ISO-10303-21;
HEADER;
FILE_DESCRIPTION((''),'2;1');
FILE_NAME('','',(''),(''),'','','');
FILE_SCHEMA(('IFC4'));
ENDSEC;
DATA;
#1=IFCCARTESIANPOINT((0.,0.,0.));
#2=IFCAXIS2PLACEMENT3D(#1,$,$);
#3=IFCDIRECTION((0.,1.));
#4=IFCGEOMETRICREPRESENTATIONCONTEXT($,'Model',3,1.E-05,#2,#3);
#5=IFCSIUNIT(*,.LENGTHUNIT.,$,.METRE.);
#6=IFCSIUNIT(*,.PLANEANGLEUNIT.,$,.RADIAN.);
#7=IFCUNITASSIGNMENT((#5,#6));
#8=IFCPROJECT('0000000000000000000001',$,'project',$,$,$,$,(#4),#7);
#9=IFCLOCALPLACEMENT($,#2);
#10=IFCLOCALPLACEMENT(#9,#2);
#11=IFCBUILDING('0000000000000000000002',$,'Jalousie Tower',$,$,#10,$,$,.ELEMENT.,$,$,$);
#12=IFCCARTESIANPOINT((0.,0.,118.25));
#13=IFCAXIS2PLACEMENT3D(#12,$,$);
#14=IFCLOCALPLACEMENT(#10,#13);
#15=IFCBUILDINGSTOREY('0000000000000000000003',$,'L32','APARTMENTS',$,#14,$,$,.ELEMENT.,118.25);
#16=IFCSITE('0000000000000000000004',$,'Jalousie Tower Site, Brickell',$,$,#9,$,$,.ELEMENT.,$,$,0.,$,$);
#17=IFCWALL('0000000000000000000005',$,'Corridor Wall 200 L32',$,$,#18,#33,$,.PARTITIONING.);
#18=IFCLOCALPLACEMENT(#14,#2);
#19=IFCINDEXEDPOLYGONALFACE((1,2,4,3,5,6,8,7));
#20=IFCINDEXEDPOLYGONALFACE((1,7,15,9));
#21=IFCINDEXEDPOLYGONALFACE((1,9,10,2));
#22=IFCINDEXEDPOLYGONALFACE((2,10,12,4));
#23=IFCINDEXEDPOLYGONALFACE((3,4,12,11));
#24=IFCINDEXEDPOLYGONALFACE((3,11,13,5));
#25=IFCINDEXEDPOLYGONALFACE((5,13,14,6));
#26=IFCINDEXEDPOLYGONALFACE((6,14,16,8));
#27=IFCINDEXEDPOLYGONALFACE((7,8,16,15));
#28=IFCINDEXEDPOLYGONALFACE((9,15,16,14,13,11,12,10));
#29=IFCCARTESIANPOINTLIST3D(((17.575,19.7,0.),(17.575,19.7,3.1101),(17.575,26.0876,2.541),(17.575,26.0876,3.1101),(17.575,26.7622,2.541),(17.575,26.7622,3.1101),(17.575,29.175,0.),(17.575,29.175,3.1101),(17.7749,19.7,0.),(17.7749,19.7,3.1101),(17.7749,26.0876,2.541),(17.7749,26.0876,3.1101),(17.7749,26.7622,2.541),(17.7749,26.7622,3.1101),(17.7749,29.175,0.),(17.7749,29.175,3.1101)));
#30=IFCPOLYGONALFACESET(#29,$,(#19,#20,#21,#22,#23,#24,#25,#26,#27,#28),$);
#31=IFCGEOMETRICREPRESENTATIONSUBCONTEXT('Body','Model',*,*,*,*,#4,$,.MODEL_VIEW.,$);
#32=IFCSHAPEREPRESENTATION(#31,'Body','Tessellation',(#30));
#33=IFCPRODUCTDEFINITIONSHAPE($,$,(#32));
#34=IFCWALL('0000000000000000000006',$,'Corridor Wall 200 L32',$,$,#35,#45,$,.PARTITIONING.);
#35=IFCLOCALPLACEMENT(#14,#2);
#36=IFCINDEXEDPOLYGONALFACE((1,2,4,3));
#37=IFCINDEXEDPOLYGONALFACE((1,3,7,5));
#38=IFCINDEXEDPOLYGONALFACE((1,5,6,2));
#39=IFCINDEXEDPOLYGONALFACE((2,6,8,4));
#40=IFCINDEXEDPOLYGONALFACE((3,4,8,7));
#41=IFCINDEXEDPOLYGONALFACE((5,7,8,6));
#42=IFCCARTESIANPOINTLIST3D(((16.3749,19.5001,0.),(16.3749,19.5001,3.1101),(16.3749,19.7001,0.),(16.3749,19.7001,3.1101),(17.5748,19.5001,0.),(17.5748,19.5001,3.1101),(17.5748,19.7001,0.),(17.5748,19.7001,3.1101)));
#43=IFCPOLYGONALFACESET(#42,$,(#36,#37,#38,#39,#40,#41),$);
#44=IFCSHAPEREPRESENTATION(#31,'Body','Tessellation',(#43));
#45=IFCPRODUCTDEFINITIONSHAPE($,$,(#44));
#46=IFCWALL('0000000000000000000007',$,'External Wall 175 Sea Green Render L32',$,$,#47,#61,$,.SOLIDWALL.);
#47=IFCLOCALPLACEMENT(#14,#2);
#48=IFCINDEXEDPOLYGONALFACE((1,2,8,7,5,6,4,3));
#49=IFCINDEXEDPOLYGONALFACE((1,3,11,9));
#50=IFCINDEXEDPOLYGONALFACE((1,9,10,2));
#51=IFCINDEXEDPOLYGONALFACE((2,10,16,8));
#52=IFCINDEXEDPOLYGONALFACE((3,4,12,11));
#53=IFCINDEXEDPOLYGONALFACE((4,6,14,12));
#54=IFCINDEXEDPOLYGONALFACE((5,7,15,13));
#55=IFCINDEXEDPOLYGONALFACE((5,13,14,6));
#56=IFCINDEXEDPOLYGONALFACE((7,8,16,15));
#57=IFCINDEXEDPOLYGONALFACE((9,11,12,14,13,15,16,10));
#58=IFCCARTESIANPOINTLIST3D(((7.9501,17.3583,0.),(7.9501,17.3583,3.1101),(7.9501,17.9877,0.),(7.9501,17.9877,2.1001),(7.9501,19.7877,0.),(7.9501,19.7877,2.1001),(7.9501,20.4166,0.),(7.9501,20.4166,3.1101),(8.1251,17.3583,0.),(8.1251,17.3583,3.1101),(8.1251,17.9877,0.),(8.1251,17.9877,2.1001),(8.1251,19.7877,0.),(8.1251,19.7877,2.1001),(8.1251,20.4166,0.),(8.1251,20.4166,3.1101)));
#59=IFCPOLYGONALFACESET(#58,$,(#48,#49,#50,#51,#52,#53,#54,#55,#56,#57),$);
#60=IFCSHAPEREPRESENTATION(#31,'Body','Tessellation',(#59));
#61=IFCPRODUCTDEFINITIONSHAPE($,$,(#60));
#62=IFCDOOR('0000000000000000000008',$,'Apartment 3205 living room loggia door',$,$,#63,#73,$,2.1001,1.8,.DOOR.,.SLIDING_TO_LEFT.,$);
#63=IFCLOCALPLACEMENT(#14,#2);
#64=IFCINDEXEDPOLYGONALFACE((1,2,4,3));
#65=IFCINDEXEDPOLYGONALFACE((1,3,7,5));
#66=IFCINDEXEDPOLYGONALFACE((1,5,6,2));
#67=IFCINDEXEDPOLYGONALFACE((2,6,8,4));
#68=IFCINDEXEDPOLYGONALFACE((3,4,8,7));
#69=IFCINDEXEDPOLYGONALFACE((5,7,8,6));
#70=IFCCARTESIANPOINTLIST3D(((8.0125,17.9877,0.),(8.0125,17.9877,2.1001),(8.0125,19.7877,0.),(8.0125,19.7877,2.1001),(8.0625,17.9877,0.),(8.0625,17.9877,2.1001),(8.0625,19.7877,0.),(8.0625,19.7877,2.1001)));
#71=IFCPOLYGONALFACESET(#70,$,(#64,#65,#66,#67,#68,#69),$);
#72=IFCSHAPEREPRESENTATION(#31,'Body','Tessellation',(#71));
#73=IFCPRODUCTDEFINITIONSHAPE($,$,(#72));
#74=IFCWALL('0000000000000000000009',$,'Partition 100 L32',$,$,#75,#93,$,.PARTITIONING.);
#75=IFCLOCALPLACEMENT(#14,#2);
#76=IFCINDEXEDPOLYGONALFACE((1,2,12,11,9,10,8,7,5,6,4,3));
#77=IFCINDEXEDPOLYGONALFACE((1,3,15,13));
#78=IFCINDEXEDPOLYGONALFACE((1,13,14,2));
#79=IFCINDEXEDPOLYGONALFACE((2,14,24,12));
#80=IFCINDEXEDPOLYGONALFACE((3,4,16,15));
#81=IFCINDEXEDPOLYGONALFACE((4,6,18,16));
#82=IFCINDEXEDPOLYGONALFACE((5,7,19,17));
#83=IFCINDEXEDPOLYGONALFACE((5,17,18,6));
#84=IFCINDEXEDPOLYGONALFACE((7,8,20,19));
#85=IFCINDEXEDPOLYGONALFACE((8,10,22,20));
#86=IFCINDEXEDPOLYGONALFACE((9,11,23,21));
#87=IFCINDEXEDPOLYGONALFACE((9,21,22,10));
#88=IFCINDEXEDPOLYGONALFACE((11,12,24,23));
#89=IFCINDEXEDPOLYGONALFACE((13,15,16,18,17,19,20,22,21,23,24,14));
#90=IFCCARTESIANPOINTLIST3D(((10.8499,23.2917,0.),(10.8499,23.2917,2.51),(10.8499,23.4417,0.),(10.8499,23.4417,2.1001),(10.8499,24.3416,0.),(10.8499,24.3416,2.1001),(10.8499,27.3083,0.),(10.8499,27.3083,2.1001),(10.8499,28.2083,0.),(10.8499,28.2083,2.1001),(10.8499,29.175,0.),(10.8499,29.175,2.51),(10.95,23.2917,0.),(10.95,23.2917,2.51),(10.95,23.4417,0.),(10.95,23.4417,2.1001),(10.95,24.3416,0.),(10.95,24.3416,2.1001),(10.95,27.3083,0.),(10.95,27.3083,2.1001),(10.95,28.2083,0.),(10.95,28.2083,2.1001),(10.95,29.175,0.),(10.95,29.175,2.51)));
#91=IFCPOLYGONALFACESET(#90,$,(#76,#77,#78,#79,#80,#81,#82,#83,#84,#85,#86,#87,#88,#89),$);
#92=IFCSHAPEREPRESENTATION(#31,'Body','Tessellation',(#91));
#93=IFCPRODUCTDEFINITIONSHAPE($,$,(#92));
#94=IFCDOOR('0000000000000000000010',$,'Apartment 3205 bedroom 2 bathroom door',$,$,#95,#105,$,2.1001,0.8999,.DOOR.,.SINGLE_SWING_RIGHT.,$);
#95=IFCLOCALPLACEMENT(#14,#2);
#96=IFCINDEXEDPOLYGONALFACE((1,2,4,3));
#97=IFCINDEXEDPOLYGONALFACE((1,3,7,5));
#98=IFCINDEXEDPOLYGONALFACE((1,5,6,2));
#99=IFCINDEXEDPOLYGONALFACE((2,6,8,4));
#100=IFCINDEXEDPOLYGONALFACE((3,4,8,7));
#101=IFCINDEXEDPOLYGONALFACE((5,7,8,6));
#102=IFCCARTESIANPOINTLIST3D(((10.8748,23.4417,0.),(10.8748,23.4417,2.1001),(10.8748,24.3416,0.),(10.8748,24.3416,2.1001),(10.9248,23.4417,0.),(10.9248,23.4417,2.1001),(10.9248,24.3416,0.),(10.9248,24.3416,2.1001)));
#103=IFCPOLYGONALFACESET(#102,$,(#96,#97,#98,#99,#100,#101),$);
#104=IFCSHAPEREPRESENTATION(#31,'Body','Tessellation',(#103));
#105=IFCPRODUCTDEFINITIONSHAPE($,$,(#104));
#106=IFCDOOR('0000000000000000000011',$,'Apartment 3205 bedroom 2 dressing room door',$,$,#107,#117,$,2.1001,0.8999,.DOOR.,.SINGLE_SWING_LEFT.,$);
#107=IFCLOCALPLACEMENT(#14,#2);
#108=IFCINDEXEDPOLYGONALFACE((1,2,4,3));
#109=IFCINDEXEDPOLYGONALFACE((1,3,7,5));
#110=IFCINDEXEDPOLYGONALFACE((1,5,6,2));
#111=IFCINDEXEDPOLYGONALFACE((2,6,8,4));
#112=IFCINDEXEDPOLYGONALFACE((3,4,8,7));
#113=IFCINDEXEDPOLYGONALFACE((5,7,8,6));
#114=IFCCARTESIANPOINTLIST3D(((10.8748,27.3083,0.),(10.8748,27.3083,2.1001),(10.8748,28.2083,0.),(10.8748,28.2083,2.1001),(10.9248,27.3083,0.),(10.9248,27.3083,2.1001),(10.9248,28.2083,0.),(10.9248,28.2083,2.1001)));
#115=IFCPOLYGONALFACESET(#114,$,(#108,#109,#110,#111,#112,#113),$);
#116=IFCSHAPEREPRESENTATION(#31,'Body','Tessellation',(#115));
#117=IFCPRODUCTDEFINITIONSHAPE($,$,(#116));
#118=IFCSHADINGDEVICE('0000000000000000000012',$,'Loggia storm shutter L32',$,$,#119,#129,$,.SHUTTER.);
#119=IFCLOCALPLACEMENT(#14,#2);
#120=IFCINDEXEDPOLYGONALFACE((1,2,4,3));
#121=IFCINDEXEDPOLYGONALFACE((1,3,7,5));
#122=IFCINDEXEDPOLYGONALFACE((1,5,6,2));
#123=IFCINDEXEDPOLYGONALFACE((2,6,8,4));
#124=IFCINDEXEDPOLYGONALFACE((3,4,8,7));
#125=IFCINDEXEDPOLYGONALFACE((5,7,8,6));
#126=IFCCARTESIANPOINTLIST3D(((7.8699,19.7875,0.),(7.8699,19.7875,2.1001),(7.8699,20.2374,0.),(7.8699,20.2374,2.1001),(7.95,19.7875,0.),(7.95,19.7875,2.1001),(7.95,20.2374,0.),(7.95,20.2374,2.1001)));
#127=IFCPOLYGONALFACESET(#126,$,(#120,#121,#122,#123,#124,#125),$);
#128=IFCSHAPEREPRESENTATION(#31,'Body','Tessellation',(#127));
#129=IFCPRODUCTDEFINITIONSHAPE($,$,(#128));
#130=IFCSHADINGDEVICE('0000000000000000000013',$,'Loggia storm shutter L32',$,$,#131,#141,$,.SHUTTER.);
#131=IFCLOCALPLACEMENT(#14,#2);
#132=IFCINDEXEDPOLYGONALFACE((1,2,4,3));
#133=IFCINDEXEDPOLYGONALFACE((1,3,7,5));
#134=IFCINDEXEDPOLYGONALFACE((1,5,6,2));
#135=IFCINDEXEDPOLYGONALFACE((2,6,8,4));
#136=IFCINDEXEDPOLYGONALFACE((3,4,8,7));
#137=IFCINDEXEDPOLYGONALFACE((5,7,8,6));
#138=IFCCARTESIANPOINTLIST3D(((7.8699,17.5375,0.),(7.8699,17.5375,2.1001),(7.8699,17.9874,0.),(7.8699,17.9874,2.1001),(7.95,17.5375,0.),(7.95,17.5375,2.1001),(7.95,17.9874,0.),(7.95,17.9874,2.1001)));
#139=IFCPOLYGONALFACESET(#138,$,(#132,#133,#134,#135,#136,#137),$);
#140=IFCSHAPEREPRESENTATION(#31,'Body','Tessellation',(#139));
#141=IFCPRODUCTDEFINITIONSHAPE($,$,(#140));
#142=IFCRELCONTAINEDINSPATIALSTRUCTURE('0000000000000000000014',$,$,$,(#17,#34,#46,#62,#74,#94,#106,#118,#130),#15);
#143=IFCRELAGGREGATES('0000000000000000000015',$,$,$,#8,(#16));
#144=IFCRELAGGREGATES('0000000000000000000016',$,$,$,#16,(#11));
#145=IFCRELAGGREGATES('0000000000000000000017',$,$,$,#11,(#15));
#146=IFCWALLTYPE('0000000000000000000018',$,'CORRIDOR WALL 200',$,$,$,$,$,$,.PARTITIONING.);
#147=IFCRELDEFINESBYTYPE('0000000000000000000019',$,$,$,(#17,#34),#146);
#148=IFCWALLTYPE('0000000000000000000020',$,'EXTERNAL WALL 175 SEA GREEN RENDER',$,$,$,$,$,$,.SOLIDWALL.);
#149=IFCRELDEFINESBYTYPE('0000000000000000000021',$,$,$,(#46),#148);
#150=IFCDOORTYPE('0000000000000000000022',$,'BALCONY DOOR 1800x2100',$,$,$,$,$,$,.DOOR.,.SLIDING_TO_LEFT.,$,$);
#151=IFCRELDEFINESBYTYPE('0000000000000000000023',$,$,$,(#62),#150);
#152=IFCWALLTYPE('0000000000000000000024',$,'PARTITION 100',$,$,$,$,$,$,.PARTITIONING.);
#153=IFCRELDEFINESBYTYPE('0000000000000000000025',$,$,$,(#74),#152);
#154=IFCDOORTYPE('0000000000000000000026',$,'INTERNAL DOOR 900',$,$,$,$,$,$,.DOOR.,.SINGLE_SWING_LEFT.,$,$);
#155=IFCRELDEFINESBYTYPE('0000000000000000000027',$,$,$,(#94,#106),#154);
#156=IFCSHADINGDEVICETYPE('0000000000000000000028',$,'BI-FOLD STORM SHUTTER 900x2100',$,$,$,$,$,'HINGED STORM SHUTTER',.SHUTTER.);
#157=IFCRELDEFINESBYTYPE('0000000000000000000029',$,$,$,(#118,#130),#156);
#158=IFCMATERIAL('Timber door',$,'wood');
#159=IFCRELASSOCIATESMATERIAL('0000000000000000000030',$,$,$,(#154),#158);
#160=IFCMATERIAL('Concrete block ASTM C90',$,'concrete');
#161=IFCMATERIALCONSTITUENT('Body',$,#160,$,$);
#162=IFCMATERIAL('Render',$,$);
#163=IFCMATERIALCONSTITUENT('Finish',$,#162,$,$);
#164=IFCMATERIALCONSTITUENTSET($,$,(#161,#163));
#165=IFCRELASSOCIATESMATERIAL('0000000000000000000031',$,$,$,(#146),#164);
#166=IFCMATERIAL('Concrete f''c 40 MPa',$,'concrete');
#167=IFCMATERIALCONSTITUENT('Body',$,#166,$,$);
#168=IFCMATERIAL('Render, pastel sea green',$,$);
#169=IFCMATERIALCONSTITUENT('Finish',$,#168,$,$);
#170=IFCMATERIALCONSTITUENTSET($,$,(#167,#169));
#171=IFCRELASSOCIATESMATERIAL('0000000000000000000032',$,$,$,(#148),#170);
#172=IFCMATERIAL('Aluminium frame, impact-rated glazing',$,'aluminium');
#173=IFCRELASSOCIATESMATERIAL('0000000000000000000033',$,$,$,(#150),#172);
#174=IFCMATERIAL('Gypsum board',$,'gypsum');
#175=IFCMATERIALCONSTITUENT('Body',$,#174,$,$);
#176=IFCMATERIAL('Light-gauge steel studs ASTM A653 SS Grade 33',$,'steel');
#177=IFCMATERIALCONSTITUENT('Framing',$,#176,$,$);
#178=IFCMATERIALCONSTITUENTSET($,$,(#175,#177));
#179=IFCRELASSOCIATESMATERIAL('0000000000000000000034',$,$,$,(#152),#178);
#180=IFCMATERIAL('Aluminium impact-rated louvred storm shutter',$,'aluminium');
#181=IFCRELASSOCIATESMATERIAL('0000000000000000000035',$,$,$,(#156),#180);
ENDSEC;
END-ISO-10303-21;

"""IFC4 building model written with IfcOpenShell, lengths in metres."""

from ifc_helpers import new_model, si_unit, direction, frame, frame_2d, origin, origin_2d, place, context, subcontext, project, spatial, polyline, rectangle, outline, extrude, material, constituent, constituent_set, type_object, element, fill, save


model = new_model("IFC4")

# Units and contexts
model_context = context("Model", 3, precision=1e-05, world=origin(), true_north=direction((0.0, 1.0)))
body_context = subcontext(model_context, "Body", "Model", "MODEL_VIEW")
ifc_project = project(units=[si_unit("LENGTHUNIT", "METRE"), si_unit("PLANEANGLEUNIT", "RADIAN")], contexts=[model_context])

# Site, building, storey
site_placement = place(None, origin())
site = spatial("IfcSite", under=ifc_project, at=site_placement, Name="Jalousie Tower Site, Brickell", CompositionType="ELEMENT", RefElevation=0.0)
building_placement = place(site_placement, origin())
building = spatial("IfcBuilding", under=site, at=building_placement, Name="Jalousie Tower", CompositionType="ELEMENT")
storey_placement = place(building_placement, frame((0.0, 0.0, 118.25)))
storey = spatial("IfcBuildingStorey", under=building, at=storey_placement, Name="L32", Description="APARTMENTS", CompositionType="ELEMENT", Elevation=118.25)

# Shared definitions
ifc_material_1 = material(Name="Timber door", Category="wood")
door_type_1 = type_object("IfcDoorType", Name="INTERNAL DOOR 900", OperationType="SINGLE_SWING_LEFT", PredefinedType="DOOR", material=ifc_material_1)

# Shared definitions
ifc_material_2 = material(Name="Concrete block ASTM C90", Category="concrete")
ifc_constituent_1 = constituent(ifc_material_2, Name="Body")
ifc_material_3 = material(Name="Render")
ifc_constituent_2 = constituent(ifc_material_3, Name="Finish")
ifc_constituent_set_1 = constituent_set(constituents=[ifc_constituent_1, ifc_constituent_2])
wall_type_1 = type_object("IfcWallType", Name="CORRIDOR WALL 200", PredefinedType="PARTITIONING", material=ifc_constituent_set_1)

# Walls
wall_1_placement = place(storey_placement, frame((17.675, 19.7, 0.0), z_axis=(0.0, 0.0, 1.0), x_axis=(0.0, 1.0, 0.0)))
element("IfcWall", 1, at=wall_1_placement, inside=storey, type_object=wall_type_1, Name="Corridor Wall 200 L32", PredefinedType="PARTITIONING", context=body_context, shape_type="SweptSolid", body=[
    extrude(outline(polyline([(0.0, 0.0), (9.4751, 0.0), (9.4751, 3.1101), (7.0623, 3.1101), (7.0623, 2.541), (6.3877, 2.541), (6.3877, 3.1101), (0.0, 3.1101), (0.0, 0.0)])), frame((0.0, 0.1001, 0.0), z_axis=(0.0, -1.0, 0.0), x_axis=(1.0, 0.0, 0.0)), (0.0, 0.0, 1.0), 0.2),
])
wall_2_placement = place(storey_placement, frame((17.575, 19.6001, 0.0), z_axis=(0.0, 0.0, 1.0), x_axis=(-1.0, 0.0, 0.0)))
element("IfcWall", 2, at=wall_2_placement, inside=storey, type_object=wall_type_1, Name="Corridor Wall 200 L32", PredefinedType="PARTITIONING", context=body_context, shape_type="SweptSolid", body=[
    extrude(rectangle(XDim=1.2, YDim=0.2, at=frame_2d((0.6001, 0.0))), origin(), (0.0, 0.0, 1.0), 3.1101),
])

# Wall, opening, door
ifc_material_4 = material(Name="Concrete f'c 40 MPa", Category="concrete")
ifc_constituent_3 = constituent(ifc_material_4, Name="Body")
ifc_material_5 = material(Name="Render, pastel sea green")
ifc_constituent_4 = constituent(ifc_material_5, Name="Finish")
ifc_constituent_set_2 = constituent_set(constituents=[ifc_constituent_3, ifc_constituent_4])
wall_type_2 = type_object("IfcWallType", Name="EXTERNAL WALL 175 SEA GREEN RENDER", PredefinedType="SOLIDWALL", material=ifc_constituent_set_2)
wall_3_placement = place(storey_placement, frame((8.0376, 20.4167, 0.0), z_axis=(0.0, 0.0, 1.0), x_axis=(0.0, -1.0, 0.0)))
wall_3 = element("IfcWall", 3, at=wall_3_placement, inside=storey, type_object=wall_type_2, Name="External Wall 175 Sea Green Render L32", PredefinedType="SOLIDWALL", context=body_context, shape_type="SweptSolid", body=[
    extrude(rectangle(XDim=3.0583, YDim=0.175, at=frame_2d((1.5293, 0.0))), origin(), (0.0, 0.0, 1.0), 3.1101),
])
opening_1_placement = place(wall_3_placement, frame((0.6292, 0.0, 0.0)))
opening_1 = element("IfcOpeningElement", 4, at=opening_1_placement, cuts=wall_3, PredefinedType="OPENING", context=body_context, shape_type="SweptSolid", body=[
    extrude(rectangle(XDim=1.8, YDim=2.1001, at=frame_2d((0.8999, 1.05))), frame((0.0, 0.0974, 0.0), z_axis=(0.0, -1.0, 0.0), x_axis=(1.0, 0.0, 0.0)), (0.0, 0.0, 1.0), 0.1951),
])
ifc_material_6 = material(Name="Aluminium frame, impact-rated glazing", Category="aluminium")
door_type_2 = type_object("IfcDoorType", Name="BALCONY DOOR 1800x2100", OperationType="SLIDING_TO_LEFT", PredefinedType="DOOR", material=ifc_material_6)
door_1_placement = place(opening_1_placement, origin())
door_1 = element("IfcDoor", 5, at=door_1_placement, inside=storey, type_object=door_type_2, Name="Apartment 3205 living room loggia door", OperationType="SLIDING_TO_LEFT", OverallHeight=2.1001, OverallWidth=1.8, PredefinedType="DOOR", context=body_context, shape_type="SweptSolid", body=[
    extrude(rectangle(XDim=1.8, YDim=2.1001, at=frame_2d((0.8999, 1.05))), frame((0.0, 0.0249, 0.0), z_axis=(0.0, -1.0, 0.0), x_axis=(1.0, 0.0, 0.0)), (0.0, 0.0, 1.0), 0.05),
])
fill(opening_1, door_1)

# Wall, openings, doors
ifc_material_7 = material(Name="Gypsum board", Category="gypsum")
ifc_constituent_5 = constituent(ifc_material_7, Name="Body")
ifc_material_8 = material(Name="Light-gauge steel studs ASTM A653 SS Grade 33", Category="steel")
ifc_constituent_6 = constituent(ifc_material_8, Name="Framing")
ifc_constituent_set_3 = constituent_set(constituents=[ifc_constituent_5, ifc_constituent_6])
wall_type_3 = type_object("IfcWallType", Name="PARTITION 100", PredefinedType="PARTITIONING", material=ifc_constituent_set_3)
wall_4_placement = place(storey_placement, frame((10.8999, 23.2917, 0.0), z_axis=(0.0, 0.0, 1.0), x_axis=(0.0, 1.0, 0.0)))
wall_4 = element("IfcWall", 6, at=wall_4_placement, inside=storey, type_object=wall_type_3, Name="Partition 100 L32", PredefinedType="PARTITIONING", context=body_context, shape_type="SweptSolid", body=[
    extrude(outline(polyline([(0.0, 0.0), (5.8833, 0.0), (5.8833, 3.1101), (5.8833, 2.51), (1.7683, 2.51), (0.0, 2.51), (0.0, 3.1101), (0.0, 0.0)])), frame((0.0, 0.05, 0.0), z_axis=(0.0, -1.0, 0.0), x_axis=(1.0, 0.0, 0.0)), (0.0, 0.0, 1.0), 0.1001),
])
opening_2_placement = place(wall_4_placement, frame((0.1499, 0.0, 0.0)))
opening_2 = element("IfcOpeningElement", 7, at=opening_2_placement, cuts=wall_4, PredefinedType="OPENING", context=body_context, shape_type="SweptSolid", body=[
    extrude(rectangle(XDim=0.8999, YDim=2.1001, at=frame_2d((0.45, 1.05))), frame((0.0, 0.0601, 0.0), z_axis=(0.0, -1.0, 0.0), x_axis=(1.0, 0.0, 0.0)), (0.0, 0.0, 1.0), 0.1201),
])
opening_3_placement = place(wall_4_placement, frame((4.0166, 0.0, 0.0)))
opening_3 = element("IfcOpeningElement", 8, at=opening_3_placement, cuts=wall_4, PredefinedType="OPENING", context=body_context, shape_type="SweptSolid", body=[
    extrude(rectangle(XDim=0.8999, YDim=2.1001, at=frame_2d((0.45, 1.05))), frame((0.0, 0.0601, 0.0), z_axis=(0.0, -1.0, 0.0), x_axis=(1.0, 0.0, 0.0)), (0.0, 0.0, 1.0), 0.1201),
])
door_2_placement = place(opening_2_placement, frame((0.8999, 0.0, 0.0), z_axis=(0.0, 0.0, 1.0), x_axis=(-1.0, 0.0, 0.0)))
door_2 = element("IfcDoor", 9, at=door_2_placement, inside=storey, type_object=door_type_1, Name="Apartment 3205 bedroom 2 bathroom door", OperationType="SINGLE_SWING_RIGHT", OverallHeight=2.1001, OverallWidth=0.8999, PredefinedType="DOOR", context=body_context, shape_type="SweptSolid", body=[
    extrude(rectangle(XDim=0.8999, YDim=2.1001, at=frame_2d((0.45, 1.05))), frame((0.0, 0.0249, 0.0), z_axis=(0.0, -1.0, 0.0), x_axis=(1.0, 0.0, 0.0)), (0.0, 0.0, 1.0), 0.05),
])
fill(opening_2, door_2)
door_3_placement = place(opening_3_placement, frame((0.8999, 0.0, 0.0), z_axis=(0.0, 0.0, 1.0), x_axis=(-1.0, 0.0, 0.0)))
door_3 = element("IfcDoor", 10, at=door_3_placement, inside=storey, type_object=door_type_1, Name="Apartment 3205 bedroom 2 dressing room door", OperationType="SINGLE_SWING_LEFT", OverallHeight=2.1001, OverallWidth=0.8999, PredefinedType="DOOR", context=body_context, shape_type="SweptSolid", body=[
    extrude(rectangle(XDim=0.8999, YDim=2.1001, at=frame_2d((0.45, 1.05))), frame((0.0, 0.0249, 0.0), z_axis=(0.0, -1.0, 0.0), x_axis=(1.0, 0.0, 0.0)), (0.0, 0.0, 1.0), 0.05),
])
fill(opening_3, door_3)

# Shading devices
ifc_material_9 = material(Name="Aluminium impact-rated louvred storm shutter", Category="aluminium")
shading_device_type = type_object("IfcShadingDeviceType", Name="BI-FOLD STORM SHUTTER 900x2100", ElementType="HINGED STORM SHUTTER", PredefinedType="SHUTTER", material=ifc_material_9)
for number, where, z_axis, x_axis, name in (
    (11, (7.9099, 20.0125, 0.0), (0.0, 0.0, 1.0), (0.0, -1.0, 0.0), "Loggia storm shutter L32"),
    (12, (7.9099, 17.7625, 0.0), (0.0, 0.0, 1.0), (0.0, -1.0, 0.0), "Loggia storm shutter L32"),
):
    element("IfcShadingDevice", number, at=place(storey_placement, frame(where, z_axis=z_axis, x_axis=x_axis)), inside=storey, type_object=shading_device_type, Name=name, PredefinedType="SHUTTER", context=body_context, shape_type="SweptSolid", body=[
        extrude(rectangle(XDim=0.45, YDim=0.0801, at=origin_2d()), origin(), (0.0, 0.0, 1.0), 2.1001),
    ])

save(model, "model.ifc")
